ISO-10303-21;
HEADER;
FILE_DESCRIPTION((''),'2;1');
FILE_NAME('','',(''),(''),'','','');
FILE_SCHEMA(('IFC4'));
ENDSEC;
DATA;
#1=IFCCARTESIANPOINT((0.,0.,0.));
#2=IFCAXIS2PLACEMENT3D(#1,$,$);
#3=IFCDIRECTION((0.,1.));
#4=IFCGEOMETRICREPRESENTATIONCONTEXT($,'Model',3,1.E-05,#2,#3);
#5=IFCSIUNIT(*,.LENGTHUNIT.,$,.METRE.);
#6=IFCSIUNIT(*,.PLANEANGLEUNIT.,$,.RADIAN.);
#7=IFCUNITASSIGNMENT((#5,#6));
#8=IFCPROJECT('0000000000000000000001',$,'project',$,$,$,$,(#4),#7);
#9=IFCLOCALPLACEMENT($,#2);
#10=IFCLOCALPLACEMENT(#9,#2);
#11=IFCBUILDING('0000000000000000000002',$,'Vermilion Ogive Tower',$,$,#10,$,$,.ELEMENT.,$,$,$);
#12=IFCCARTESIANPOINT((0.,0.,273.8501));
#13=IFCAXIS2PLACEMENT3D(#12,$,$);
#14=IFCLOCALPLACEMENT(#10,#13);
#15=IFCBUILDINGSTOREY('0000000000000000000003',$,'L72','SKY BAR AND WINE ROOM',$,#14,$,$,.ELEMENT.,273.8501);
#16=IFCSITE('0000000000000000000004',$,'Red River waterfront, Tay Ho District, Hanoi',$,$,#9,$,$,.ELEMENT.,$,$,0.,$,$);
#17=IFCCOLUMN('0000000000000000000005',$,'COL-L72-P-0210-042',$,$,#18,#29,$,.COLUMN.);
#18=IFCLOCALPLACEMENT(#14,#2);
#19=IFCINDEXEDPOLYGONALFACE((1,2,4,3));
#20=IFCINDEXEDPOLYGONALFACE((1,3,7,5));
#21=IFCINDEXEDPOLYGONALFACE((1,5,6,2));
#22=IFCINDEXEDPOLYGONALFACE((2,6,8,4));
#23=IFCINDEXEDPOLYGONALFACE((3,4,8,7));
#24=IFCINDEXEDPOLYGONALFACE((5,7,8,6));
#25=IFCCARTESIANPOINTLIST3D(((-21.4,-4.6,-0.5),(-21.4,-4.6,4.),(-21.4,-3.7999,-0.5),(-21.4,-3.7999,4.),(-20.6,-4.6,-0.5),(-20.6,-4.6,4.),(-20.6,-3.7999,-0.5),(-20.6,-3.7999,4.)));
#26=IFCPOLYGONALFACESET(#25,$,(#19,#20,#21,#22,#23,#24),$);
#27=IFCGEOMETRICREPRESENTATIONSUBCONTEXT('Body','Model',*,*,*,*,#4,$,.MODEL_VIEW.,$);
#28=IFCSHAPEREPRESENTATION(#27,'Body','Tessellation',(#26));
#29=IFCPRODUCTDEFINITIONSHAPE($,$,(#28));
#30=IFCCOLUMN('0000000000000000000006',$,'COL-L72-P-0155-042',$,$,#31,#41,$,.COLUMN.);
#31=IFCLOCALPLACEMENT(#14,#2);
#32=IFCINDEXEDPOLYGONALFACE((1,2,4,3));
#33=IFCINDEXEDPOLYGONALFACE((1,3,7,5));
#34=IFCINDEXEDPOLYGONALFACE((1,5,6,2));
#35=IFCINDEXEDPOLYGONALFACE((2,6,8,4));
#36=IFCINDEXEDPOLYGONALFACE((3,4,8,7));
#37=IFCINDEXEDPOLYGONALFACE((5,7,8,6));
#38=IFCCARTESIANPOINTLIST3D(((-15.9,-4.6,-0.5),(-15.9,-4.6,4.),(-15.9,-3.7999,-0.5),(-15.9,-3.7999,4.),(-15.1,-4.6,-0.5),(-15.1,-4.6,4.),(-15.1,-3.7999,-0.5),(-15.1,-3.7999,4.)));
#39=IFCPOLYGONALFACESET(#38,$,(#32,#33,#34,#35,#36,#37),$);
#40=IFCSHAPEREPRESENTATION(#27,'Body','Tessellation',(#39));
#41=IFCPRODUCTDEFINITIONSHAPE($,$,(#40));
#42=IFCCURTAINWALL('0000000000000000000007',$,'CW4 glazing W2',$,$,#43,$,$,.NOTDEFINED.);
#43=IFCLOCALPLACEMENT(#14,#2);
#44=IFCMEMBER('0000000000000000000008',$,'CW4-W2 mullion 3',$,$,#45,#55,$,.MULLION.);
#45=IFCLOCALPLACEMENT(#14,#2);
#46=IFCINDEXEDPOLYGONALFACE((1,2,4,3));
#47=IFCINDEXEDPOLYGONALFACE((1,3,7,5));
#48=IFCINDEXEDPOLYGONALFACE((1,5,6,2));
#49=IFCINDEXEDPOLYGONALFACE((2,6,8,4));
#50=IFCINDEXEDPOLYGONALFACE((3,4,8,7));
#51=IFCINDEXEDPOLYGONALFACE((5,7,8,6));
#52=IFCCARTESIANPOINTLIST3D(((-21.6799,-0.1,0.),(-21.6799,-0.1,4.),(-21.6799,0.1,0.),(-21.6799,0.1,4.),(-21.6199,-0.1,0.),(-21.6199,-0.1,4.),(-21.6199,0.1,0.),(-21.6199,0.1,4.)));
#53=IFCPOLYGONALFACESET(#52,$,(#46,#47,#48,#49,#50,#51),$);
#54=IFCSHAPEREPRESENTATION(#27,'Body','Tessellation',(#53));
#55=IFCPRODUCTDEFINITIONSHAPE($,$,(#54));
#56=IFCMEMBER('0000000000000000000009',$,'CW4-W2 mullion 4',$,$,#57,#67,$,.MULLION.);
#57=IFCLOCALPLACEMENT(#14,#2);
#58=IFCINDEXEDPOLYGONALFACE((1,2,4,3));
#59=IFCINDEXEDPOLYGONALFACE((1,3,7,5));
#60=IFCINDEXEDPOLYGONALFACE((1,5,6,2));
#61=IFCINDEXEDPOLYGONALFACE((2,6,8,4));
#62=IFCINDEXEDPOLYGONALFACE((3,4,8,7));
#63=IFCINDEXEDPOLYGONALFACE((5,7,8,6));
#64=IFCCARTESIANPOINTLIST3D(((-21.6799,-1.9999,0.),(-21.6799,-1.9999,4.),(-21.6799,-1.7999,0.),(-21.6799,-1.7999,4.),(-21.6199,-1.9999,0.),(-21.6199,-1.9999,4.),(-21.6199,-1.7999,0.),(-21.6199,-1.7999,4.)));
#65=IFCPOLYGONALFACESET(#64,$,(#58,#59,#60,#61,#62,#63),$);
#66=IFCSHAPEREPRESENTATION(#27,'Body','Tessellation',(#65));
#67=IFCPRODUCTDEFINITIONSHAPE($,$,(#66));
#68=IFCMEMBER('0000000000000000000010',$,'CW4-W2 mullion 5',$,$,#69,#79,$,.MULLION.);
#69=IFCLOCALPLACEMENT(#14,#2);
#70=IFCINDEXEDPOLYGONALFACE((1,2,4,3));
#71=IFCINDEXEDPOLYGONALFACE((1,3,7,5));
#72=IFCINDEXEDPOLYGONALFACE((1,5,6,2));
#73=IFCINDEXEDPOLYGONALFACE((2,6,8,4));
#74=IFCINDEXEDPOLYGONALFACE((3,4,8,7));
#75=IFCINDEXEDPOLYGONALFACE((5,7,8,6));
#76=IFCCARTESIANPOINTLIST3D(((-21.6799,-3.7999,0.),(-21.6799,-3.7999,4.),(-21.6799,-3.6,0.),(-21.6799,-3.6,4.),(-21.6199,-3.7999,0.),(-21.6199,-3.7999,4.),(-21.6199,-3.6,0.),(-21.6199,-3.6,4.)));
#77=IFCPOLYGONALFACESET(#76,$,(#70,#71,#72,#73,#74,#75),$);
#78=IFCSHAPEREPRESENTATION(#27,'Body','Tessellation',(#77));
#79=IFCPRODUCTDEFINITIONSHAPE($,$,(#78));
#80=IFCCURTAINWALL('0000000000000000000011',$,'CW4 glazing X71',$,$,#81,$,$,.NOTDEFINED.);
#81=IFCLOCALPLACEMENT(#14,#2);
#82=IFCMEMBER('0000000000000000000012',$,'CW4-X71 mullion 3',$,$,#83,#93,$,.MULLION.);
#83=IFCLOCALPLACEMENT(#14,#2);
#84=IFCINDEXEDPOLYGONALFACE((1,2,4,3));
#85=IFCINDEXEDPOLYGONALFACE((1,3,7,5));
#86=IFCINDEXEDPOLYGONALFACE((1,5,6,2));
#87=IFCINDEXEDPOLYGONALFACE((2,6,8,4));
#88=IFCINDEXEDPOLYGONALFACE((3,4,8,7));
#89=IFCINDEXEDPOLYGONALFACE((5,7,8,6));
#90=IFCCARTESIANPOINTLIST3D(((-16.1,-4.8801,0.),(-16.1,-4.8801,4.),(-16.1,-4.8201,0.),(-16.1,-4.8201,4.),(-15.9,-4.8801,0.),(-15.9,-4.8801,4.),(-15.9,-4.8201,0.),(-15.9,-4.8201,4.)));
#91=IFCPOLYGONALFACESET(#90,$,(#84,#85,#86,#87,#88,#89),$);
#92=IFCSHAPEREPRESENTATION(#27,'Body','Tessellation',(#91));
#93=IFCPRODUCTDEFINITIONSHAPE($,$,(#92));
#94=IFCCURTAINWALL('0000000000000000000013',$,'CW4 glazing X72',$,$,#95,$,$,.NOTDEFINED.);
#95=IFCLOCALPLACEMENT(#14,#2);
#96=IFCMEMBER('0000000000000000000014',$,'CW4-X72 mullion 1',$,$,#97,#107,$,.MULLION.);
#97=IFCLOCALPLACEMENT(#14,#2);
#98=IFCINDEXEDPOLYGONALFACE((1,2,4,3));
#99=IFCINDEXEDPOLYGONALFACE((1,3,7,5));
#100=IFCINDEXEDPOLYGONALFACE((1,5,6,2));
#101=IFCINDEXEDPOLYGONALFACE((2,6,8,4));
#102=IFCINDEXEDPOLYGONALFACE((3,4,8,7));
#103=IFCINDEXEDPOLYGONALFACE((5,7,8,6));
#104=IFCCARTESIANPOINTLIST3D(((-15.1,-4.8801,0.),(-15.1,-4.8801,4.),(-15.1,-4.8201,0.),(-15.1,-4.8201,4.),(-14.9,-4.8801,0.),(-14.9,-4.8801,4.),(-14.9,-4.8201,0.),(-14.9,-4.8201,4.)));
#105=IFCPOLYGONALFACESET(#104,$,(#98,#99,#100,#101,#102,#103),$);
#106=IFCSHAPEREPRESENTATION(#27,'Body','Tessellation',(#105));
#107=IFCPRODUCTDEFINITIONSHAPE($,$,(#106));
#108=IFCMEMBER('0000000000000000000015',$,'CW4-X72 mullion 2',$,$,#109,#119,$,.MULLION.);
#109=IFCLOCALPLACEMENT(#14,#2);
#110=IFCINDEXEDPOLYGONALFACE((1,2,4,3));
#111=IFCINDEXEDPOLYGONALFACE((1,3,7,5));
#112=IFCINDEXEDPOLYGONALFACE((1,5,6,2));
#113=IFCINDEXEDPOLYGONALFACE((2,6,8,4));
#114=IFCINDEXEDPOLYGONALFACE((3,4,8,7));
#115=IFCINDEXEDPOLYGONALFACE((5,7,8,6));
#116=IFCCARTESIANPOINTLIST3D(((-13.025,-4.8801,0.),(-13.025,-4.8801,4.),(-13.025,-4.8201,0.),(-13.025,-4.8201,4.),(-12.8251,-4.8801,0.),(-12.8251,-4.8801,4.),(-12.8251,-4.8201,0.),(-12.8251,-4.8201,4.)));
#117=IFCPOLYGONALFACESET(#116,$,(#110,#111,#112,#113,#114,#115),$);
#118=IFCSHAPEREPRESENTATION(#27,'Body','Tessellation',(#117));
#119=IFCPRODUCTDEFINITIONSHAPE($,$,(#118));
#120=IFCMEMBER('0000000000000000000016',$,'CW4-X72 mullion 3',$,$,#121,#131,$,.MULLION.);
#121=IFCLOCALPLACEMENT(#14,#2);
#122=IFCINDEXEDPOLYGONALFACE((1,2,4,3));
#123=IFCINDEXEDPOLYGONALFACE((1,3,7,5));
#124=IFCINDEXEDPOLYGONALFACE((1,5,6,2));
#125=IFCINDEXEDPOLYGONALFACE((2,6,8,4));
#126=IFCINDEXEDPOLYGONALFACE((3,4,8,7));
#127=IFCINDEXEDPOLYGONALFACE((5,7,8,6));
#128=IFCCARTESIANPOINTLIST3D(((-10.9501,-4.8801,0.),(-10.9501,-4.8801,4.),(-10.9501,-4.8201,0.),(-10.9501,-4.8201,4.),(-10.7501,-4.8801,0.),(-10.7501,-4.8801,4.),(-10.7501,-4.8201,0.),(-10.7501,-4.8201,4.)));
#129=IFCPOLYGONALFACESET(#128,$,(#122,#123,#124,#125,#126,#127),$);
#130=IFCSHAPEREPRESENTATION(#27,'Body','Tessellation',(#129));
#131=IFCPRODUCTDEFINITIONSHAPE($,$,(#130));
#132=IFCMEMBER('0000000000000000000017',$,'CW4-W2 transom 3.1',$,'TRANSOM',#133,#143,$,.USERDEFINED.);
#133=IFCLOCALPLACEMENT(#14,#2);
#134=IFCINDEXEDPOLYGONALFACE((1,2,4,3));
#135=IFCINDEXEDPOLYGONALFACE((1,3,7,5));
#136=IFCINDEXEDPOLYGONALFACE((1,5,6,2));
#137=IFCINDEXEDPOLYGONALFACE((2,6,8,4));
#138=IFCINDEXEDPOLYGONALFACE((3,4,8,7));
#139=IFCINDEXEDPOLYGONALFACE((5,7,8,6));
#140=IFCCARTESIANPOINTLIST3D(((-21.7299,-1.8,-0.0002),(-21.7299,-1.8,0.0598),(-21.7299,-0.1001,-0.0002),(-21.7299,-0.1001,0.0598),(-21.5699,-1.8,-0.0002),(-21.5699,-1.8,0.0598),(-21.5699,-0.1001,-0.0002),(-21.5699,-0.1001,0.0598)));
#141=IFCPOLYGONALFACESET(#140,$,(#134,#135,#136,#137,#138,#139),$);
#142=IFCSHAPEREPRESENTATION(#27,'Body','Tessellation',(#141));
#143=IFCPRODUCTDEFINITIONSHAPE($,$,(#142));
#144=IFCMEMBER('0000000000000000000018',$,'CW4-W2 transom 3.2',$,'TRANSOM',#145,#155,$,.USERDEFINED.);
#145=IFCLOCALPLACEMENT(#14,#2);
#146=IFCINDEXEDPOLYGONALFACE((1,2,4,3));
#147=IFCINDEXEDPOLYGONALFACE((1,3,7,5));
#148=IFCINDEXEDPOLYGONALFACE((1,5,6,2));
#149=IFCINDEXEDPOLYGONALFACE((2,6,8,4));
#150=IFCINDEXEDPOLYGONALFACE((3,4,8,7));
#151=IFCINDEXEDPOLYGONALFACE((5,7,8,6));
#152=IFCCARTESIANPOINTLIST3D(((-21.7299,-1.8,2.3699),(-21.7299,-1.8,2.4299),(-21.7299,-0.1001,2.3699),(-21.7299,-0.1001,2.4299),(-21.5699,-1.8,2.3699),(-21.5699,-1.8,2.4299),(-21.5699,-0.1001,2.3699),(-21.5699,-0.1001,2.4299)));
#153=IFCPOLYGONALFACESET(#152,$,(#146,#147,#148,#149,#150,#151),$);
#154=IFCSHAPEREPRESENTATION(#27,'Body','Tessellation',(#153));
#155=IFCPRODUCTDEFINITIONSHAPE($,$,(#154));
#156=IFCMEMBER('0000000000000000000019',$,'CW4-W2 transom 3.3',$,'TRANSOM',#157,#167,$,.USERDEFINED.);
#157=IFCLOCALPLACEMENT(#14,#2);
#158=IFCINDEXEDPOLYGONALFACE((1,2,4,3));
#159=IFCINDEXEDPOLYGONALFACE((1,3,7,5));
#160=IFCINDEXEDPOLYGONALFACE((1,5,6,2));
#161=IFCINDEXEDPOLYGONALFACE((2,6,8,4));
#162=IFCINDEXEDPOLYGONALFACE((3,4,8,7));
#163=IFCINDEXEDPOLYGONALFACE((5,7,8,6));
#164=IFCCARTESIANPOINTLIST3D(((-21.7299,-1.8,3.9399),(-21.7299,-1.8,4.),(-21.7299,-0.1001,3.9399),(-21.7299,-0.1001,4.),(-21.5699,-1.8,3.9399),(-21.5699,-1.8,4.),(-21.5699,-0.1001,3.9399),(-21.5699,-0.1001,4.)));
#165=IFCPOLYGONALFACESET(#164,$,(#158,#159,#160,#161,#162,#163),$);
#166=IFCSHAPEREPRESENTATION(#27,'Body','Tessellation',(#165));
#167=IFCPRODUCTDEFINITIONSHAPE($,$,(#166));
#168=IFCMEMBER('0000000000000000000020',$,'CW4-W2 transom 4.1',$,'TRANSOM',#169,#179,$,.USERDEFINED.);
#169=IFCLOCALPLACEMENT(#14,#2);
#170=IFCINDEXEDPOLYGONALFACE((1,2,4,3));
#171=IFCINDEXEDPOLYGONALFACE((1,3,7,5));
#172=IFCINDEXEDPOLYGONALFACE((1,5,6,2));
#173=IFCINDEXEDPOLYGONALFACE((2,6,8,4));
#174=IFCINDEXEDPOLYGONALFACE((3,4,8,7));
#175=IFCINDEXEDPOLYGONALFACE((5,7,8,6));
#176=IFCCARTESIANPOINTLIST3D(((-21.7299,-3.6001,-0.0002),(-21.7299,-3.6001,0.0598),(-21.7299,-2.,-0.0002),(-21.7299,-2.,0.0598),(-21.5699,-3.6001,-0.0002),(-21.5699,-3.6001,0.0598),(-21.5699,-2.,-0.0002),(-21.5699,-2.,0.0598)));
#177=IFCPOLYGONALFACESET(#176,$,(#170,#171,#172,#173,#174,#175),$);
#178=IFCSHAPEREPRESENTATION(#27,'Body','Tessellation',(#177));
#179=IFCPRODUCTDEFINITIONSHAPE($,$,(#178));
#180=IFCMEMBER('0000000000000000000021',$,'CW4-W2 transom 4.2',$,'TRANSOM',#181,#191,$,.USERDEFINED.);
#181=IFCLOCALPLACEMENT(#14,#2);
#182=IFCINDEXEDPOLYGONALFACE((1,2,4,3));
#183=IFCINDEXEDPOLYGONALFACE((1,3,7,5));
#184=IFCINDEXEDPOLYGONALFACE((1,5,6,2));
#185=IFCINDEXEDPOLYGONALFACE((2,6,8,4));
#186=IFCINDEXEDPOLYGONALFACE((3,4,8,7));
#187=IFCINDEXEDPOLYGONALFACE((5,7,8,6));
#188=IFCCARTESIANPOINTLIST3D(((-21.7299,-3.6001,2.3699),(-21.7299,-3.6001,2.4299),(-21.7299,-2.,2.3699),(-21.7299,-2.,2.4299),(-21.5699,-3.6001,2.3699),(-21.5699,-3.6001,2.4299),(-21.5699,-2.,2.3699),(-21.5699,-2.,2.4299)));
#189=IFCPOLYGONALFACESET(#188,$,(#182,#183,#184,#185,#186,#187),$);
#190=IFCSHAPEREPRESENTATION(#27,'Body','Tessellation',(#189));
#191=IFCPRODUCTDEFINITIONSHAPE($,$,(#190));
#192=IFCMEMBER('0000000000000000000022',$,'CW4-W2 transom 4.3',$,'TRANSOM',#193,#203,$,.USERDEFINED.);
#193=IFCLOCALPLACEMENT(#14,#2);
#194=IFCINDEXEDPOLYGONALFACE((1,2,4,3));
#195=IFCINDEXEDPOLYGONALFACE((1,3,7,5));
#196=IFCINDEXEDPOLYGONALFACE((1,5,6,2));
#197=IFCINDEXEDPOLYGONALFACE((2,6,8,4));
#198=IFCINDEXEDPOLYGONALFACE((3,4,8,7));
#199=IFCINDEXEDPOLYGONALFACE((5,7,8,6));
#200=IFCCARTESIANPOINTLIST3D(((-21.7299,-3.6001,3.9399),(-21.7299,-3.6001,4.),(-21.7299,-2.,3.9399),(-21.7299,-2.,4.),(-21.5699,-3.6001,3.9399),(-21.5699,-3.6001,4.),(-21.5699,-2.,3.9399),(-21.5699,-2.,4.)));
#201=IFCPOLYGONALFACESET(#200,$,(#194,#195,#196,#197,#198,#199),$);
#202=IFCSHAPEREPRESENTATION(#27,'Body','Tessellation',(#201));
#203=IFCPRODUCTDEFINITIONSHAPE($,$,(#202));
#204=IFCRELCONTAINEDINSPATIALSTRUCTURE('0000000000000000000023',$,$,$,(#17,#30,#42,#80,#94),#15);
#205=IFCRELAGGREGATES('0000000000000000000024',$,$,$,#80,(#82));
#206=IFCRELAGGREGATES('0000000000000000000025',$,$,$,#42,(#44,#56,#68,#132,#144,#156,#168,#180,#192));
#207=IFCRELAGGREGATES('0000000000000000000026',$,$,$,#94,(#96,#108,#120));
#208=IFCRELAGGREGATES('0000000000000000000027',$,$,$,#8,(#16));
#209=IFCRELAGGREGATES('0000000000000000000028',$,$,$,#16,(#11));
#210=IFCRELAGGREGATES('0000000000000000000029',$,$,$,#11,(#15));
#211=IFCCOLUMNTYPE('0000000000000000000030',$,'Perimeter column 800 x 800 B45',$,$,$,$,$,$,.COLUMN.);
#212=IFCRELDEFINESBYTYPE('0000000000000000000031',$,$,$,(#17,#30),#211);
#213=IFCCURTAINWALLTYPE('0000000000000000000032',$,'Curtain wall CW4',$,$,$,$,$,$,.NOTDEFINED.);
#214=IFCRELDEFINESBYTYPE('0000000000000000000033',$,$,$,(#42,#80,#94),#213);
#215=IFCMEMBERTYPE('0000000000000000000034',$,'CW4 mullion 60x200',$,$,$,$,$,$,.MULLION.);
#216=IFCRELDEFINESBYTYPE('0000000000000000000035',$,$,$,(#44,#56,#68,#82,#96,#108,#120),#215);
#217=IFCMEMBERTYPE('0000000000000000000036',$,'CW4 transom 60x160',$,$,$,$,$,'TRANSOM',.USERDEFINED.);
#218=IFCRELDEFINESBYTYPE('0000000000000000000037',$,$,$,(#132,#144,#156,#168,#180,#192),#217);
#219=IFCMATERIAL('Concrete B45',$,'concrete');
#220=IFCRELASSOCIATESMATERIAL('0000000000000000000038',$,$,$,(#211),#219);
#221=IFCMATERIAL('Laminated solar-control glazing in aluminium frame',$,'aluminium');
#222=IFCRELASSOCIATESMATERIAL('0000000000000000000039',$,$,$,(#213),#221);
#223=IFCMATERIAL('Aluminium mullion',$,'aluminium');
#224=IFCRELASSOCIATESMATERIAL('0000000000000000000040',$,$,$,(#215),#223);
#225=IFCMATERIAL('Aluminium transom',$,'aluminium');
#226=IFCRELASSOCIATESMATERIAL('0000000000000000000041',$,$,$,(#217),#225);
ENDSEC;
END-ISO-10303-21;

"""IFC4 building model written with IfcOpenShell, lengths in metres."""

from ifc_helpers import new_model, si_unit, direction, frame, origin, origin_2d, place, context, subcontext, project, spatial, rectangle, extrude, material, material_profile, profile_set, type_object, element, aggregate, save


model = new_model("IFC4")

# Units and contexts
model_context = context("Model", 3, precision=1e-05, world=origin(), true_north=direction((0.0, 1.0)))
body_context = subcontext(model_context, "Body", "Model", "MODEL_VIEW")
ifc_project = project(units=[si_unit("LENGTHUNIT", "METRE"), si_unit("PLANEANGLEUNIT", "RADIAN")], contexts=[model_context])

# Site, building, storey
site_placement = place(None, origin())
site = spatial("IfcSite", under=ifc_project, at=site_placement, Name="Red River waterfront, Tay Ho District, Hanoi", CompositionType="ELEMENT", RefElevation=0.0)
building_placement = place(site_placement, origin())
building = spatial("IfcBuilding", under=site, at=building_placement, Name="Vermilion Ogive Tower", CompositionType="ELEMENT")
storey_placement = place(building_placement, frame((0.0, 0.0, 273.8501)))
storey = spatial("IfcBuildingStorey", under=building, at=storey_placement, Name="L72", Description="SKY BAR AND WINE ROOM", CompositionType="ELEMENT", Elevation=273.8501)

# Columns
ifc_material_1 = material(Name="Concrete B45", Category="concrete")
ifc_material_profile_1 = material_profile(ifc_material_1, rectangle(XDim=0.8, YDim=0.8, at=origin_2d()), Name="800 x 800")
ifc_profile_set_1 = profile_set([ifc_material_profile_1], Name="Concrete B45")
column_type = type_object("IfcColumnType", Name="Perimeter column 800 x 800 B45", PredefinedType="COLUMN", material=ifc_profile_set_1)
for number, where, z_axis, x_axis, name in (
    (1, (-21.0, -4.2, -0.5), (0.0, 0.0, 1.0), (1.0, 0.0, 0.0), "COL-L72-P-0210-042"),
    (2, (-15.5, -4.2, -0.5), (0.0, 0.0, 1.0), (1.0, 0.0, 0.0), "COL-L72-P-0155-042"),
):
    element("IfcColumn", number, at=place(storey_placement, frame(where, z_axis=z_axis, x_axis=x_axis)), inside=storey, type_object=column_type, Name=name, PredefinedType="COLUMN", context=body_context, shape_type="SweptSolid", body=[
        extrude(rectangle(XDim=0.8, YDim=0.8, at=origin_2d()), origin(), (0.0, 0.0, 1.0), 4.5),
    ])

# Curtain wall, members
ifc_material_2 = material(Name="Laminated solar-control glazing in aluminium frame", Category="aluminium")
curtain_wall_type = type_object("IfcCurtainWallType", Name="Curtain wall CW4", PredefinedType="NOTDEFINED", material=ifc_material_2)
curtain_wall_1_placement = place(storey_placement, origin())
curtain_wall_1 = element("IfcCurtainWall", 3, at=curtain_wall_1_placement, inside=storey, type_object=curtain_wall_type, Name="CW4 glazing W2", PredefinedType="NOTDEFINED")
ifc_material_3 = material(Name="Aluminium mullion", Category="aluminium")
ifc_material_profile_2 = material_profile(ifc_material_3, rectangle(XDim=0.0601, YDim=0.2, at=origin_2d()), Name="AL 60x200")
ifc_profile_set_2 = profile_set([ifc_material_profile_2], Name="Aluminium mullion")
member_type_1 = type_object("IfcMemberType", Name="CW4 mullion 60x200", PredefinedType="MULLION", material=ifc_profile_set_2)
member_1_placement = place(storey_placement, frame((-21.6499, 0.0, 0.0), z_axis=(0.0, 0.0, 1.0), x_axis=(1.0, 0.0, 0.0)))
member_1 = element("IfcMember", 4, at=member_1_placement, type_object=member_type_1, Name="CW4-W2 mullion 3", PredefinedType="MULLION", context=body_context, shape_type="SweptSolid", body=[
    extrude(rectangle(XDim=0.0601, YDim=0.2, at=origin_2d()), origin(), (0.0, 0.0, 1.0), 4.0),
])
member_2_placement = place(storey_placement, frame((-21.6499, -1.8999, 0.0), z_axis=(0.0, 0.0, 1.0), x_axis=(1.0, 0.0, 0.0)))
member_2 = element("IfcMember", 5, at=member_2_placement, type_object=member_type_1, Name="CW4-W2 mullion 4", PredefinedType="MULLION", context=body_context, shape_type="SweptSolid", body=[
    extrude(rectangle(XDim=0.0601, YDim=0.2, at=origin_2d()), origin(), (0.0, 0.0, 1.0), 4.0),
])
member_3_placement = place(storey_placement, frame((-21.6499, -3.7, 0.0), z_axis=(0.0, 0.0, 1.0), x_axis=(1.0, 0.0, 0.0)))
member_3 = element("IfcMember", 6, at=member_3_placement, type_object=member_type_1, Name="CW4-W2 mullion 5", PredefinedType="MULLION", context=body_context, shape_type="SweptSolid", body=[
    extrude(rectangle(XDim=0.0601, YDim=0.2, at=origin_2d()), origin(), (0.0, 0.0, 1.0), 4.0),
])

# Curtain wall, member
curtain_wall_2_placement = place(storey_placement, origin())
curtain_wall_2 = element("IfcCurtainWall", 7, at=curtain_wall_2_placement, inside=storey, type_object=curtain_wall_type, Name="CW4 glazing X71", PredefinedType="NOTDEFINED")
member_4_placement = place(storey_placement, frame((-16.0, -4.8501, 0.0), z_axis=(0.0, 0.0, 1.0), x_axis=(0.0, 1.0, 0.0)))
member_4 = element("IfcMember", 8, at=member_4_placement, type_object=member_type_1, Name="CW4-X71 mullion 3", PredefinedType="MULLION", context=body_context, shape_type="SweptSolid", body=[
    extrude(rectangle(XDim=0.0601, YDim=0.2, at=origin_2d()), origin(), (0.0, 0.0, 1.0), 4.0),
])
aggregate(curtain_wall_2, [member_4])

# Curtain wall, members
curtain_wall_3_placement = place(storey_placement, origin())
curtain_wall_3 = element("IfcCurtainWall", 9, at=curtain_wall_3_placement, inside=storey, type_object=curtain_wall_type, Name="CW4 glazing X72", PredefinedType="NOTDEFINED")
member_5_placement = place(storey_placement, frame((-15.0, -4.8501, 0.0), z_axis=(0.0, 0.0, 1.0), x_axis=(0.0, 1.0, 0.0)))
member_5 = element("IfcMember", 10, at=member_5_placement, type_object=member_type_1, Name="CW4-X72 mullion 1", PredefinedType="MULLION", context=body_context, shape_type="SweptSolid", body=[
    extrude(rectangle(XDim=0.0601, YDim=0.2, at=origin_2d()), origin(), (0.0, 0.0, 1.0), 4.0),
])
member_6_placement = place(storey_placement, frame((-12.925, -4.8501, 0.0), z_axis=(0.0, 0.0, 1.0), x_axis=(0.0, 1.0, 0.0)))
member_6 = element("IfcMember", 11, at=member_6_placement, type_object=member_type_1, Name="CW4-X72 mullion 2", PredefinedType="MULLION", context=body_context, shape_type="SweptSolid", body=[
    extrude(rectangle(XDim=0.0601, YDim=0.2, at=origin_2d()), origin(), (0.0, 0.0, 1.0), 4.0),
])
member_7_placement = place(storey_placement, frame((-10.8501, -4.8501, 0.0), z_axis=(0.0, 0.0, 1.0), x_axis=(0.0, 1.0, 0.0)))
member_7 = element("IfcMember", 12, at=member_7_placement, type_object=member_type_1, Name="CW4-X72 mullion 3", PredefinedType="MULLION", context=body_context, shape_type="SweptSolid", body=[
    extrude(rectangle(XDim=0.0601, YDim=0.2, at=origin_2d()), origin(), (0.0, 0.0, 1.0), 4.0),
])

# Members
ifc_material_4 = material(Name="Aluminium transom", Category="aluminium")
ifc_material_profile_3 = material_profile(ifc_material_4, rectangle(XDim=0.1599, YDim=0.0601, at=origin_2d()), Name="AL 60x160")
ifc_profile_set_3 = profile_set([ifc_material_profile_3], Name="Aluminium transom")
member_type_2 = type_object("IfcMemberType", Name="CW4 transom 60x160", ElementType="TRANSOM", PredefinedType="USERDEFINED", material=ifc_profile_set_3)
member_8_placement = place(storey_placement, frame((-21.6499, -0.1001, 0.0298), z_axis=(0.0, -1.0, 0.0), x_axis=(1.0, 0.0, 0.0)))
member_8 = element("IfcMember", 13, at=member_8_placement, type_object=member_type_2, Name="CW4-W2 transom 3.1", ObjectType="TRANSOM", PredefinedType="USERDEFINED", context=body_context, shape_type="SweptSolid", body=[
    extrude(rectangle(XDim=0.1599, YDim=0.0601, at=origin_2d()), origin(), (0.0, 0.0, 1.0), 1.7),
])
member_9_placement = place(storey_placement, frame((-21.6499, -0.1001, 2.3999), z_axis=(0.0, -1.0, 0.0), x_axis=(1.0, 0.0, 0.0)))
member_9 = element("IfcMember", 14, at=member_9_placement, type_object=member_type_2, Name="CW4-W2 transom 3.2", ObjectType="TRANSOM", PredefinedType="USERDEFINED", context=body_context, shape_type="SweptSolid", body=[
    extrude(rectangle(XDim=0.1599, YDim=0.0601, at=origin_2d()), origin(), (0.0, 0.0, 1.0), 1.7),
])
member_10_placement = place(storey_placement, frame((-21.6499, -0.1001, 3.97), z_axis=(0.0, -1.0, 0.0), x_axis=(1.0, 0.0, 0.0)))
member_10 = element("IfcMember", 15, at=member_10_placement, type_object=member_type_2, Name="CW4-W2 transom 3.3", ObjectType="TRANSOM", PredefinedType="USERDEFINED", context=body_context, shape_type="SweptSolid", body=[
    extrude(rectangle(XDim=0.1599, YDim=0.0601, at=origin_2d()), origin(), (0.0, 0.0, 1.0), 1.7),
])
member_11_placement = place(storey_placement, frame((-21.6499, -2.0, 0.0298), z_axis=(0.0, -1.0, 0.0), x_axis=(1.0, 0.0, 0.0)))
member_11 = element("IfcMember", 16, at=member_11_placement, type_object=member_type_2, Name="CW4-W2 transom 4.1", ObjectType="TRANSOM", PredefinedType="USERDEFINED", context=body_context, shape_type="SweptSolid", body=[
    extrude(rectangle(XDim=0.1599, YDim=0.0601, at=origin_2d()), origin(), (0.0, 0.0, 1.0), 1.6001),
])
member_12_placement = place(storey_placement, frame((-21.6499, -2.0, 2.3999), z_axis=(0.0, -1.0, 0.0), x_axis=(1.0, 0.0, 0.0)))
member_12 = element("IfcMember", 17, at=member_12_placement, type_object=member_type_2, Name="CW4-W2 transom 4.2", ObjectType="TRANSOM", PredefinedType="USERDEFINED", context=body_context, shape_type="SweptSolid", body=[
    extrude(rectangle(XDim=0.1599, YDim=0.0601, at=origin_2d()), origin(), (0.0, 0.0, 1.0), 1.6001),
])
member_13_placement = place(storey_placement, frame((-21.6499, -2.0, 3.97), z_axis=(0.0, -1.0, 0.0), x_axis=(1.0, 0.0, 0.0)))
member_13 = element("IfcMember", 18, at=member_13_placement, type_object=member_type_2, Name="CW4-W2 transom 4.3", ObjectType="TRANSOM", PredefinedType="USERDEFINED", context=body_context, shape_type="SweptSolid", body=[
    extrude(rectangle(XDim=0.1599, YDim=0.0601, at=origin_2d()), origin(), (0.0, 0.0, 1.0), 1.6001),
])

aggregate(curtain_wall_1, [member_1, member_2, member_3, member_8, member_9, member_10, member_11, member_12, member_13])
aggregate(curtain_wall_3, [member_5, member_6, member_7])

save(model, "model.ifc")
